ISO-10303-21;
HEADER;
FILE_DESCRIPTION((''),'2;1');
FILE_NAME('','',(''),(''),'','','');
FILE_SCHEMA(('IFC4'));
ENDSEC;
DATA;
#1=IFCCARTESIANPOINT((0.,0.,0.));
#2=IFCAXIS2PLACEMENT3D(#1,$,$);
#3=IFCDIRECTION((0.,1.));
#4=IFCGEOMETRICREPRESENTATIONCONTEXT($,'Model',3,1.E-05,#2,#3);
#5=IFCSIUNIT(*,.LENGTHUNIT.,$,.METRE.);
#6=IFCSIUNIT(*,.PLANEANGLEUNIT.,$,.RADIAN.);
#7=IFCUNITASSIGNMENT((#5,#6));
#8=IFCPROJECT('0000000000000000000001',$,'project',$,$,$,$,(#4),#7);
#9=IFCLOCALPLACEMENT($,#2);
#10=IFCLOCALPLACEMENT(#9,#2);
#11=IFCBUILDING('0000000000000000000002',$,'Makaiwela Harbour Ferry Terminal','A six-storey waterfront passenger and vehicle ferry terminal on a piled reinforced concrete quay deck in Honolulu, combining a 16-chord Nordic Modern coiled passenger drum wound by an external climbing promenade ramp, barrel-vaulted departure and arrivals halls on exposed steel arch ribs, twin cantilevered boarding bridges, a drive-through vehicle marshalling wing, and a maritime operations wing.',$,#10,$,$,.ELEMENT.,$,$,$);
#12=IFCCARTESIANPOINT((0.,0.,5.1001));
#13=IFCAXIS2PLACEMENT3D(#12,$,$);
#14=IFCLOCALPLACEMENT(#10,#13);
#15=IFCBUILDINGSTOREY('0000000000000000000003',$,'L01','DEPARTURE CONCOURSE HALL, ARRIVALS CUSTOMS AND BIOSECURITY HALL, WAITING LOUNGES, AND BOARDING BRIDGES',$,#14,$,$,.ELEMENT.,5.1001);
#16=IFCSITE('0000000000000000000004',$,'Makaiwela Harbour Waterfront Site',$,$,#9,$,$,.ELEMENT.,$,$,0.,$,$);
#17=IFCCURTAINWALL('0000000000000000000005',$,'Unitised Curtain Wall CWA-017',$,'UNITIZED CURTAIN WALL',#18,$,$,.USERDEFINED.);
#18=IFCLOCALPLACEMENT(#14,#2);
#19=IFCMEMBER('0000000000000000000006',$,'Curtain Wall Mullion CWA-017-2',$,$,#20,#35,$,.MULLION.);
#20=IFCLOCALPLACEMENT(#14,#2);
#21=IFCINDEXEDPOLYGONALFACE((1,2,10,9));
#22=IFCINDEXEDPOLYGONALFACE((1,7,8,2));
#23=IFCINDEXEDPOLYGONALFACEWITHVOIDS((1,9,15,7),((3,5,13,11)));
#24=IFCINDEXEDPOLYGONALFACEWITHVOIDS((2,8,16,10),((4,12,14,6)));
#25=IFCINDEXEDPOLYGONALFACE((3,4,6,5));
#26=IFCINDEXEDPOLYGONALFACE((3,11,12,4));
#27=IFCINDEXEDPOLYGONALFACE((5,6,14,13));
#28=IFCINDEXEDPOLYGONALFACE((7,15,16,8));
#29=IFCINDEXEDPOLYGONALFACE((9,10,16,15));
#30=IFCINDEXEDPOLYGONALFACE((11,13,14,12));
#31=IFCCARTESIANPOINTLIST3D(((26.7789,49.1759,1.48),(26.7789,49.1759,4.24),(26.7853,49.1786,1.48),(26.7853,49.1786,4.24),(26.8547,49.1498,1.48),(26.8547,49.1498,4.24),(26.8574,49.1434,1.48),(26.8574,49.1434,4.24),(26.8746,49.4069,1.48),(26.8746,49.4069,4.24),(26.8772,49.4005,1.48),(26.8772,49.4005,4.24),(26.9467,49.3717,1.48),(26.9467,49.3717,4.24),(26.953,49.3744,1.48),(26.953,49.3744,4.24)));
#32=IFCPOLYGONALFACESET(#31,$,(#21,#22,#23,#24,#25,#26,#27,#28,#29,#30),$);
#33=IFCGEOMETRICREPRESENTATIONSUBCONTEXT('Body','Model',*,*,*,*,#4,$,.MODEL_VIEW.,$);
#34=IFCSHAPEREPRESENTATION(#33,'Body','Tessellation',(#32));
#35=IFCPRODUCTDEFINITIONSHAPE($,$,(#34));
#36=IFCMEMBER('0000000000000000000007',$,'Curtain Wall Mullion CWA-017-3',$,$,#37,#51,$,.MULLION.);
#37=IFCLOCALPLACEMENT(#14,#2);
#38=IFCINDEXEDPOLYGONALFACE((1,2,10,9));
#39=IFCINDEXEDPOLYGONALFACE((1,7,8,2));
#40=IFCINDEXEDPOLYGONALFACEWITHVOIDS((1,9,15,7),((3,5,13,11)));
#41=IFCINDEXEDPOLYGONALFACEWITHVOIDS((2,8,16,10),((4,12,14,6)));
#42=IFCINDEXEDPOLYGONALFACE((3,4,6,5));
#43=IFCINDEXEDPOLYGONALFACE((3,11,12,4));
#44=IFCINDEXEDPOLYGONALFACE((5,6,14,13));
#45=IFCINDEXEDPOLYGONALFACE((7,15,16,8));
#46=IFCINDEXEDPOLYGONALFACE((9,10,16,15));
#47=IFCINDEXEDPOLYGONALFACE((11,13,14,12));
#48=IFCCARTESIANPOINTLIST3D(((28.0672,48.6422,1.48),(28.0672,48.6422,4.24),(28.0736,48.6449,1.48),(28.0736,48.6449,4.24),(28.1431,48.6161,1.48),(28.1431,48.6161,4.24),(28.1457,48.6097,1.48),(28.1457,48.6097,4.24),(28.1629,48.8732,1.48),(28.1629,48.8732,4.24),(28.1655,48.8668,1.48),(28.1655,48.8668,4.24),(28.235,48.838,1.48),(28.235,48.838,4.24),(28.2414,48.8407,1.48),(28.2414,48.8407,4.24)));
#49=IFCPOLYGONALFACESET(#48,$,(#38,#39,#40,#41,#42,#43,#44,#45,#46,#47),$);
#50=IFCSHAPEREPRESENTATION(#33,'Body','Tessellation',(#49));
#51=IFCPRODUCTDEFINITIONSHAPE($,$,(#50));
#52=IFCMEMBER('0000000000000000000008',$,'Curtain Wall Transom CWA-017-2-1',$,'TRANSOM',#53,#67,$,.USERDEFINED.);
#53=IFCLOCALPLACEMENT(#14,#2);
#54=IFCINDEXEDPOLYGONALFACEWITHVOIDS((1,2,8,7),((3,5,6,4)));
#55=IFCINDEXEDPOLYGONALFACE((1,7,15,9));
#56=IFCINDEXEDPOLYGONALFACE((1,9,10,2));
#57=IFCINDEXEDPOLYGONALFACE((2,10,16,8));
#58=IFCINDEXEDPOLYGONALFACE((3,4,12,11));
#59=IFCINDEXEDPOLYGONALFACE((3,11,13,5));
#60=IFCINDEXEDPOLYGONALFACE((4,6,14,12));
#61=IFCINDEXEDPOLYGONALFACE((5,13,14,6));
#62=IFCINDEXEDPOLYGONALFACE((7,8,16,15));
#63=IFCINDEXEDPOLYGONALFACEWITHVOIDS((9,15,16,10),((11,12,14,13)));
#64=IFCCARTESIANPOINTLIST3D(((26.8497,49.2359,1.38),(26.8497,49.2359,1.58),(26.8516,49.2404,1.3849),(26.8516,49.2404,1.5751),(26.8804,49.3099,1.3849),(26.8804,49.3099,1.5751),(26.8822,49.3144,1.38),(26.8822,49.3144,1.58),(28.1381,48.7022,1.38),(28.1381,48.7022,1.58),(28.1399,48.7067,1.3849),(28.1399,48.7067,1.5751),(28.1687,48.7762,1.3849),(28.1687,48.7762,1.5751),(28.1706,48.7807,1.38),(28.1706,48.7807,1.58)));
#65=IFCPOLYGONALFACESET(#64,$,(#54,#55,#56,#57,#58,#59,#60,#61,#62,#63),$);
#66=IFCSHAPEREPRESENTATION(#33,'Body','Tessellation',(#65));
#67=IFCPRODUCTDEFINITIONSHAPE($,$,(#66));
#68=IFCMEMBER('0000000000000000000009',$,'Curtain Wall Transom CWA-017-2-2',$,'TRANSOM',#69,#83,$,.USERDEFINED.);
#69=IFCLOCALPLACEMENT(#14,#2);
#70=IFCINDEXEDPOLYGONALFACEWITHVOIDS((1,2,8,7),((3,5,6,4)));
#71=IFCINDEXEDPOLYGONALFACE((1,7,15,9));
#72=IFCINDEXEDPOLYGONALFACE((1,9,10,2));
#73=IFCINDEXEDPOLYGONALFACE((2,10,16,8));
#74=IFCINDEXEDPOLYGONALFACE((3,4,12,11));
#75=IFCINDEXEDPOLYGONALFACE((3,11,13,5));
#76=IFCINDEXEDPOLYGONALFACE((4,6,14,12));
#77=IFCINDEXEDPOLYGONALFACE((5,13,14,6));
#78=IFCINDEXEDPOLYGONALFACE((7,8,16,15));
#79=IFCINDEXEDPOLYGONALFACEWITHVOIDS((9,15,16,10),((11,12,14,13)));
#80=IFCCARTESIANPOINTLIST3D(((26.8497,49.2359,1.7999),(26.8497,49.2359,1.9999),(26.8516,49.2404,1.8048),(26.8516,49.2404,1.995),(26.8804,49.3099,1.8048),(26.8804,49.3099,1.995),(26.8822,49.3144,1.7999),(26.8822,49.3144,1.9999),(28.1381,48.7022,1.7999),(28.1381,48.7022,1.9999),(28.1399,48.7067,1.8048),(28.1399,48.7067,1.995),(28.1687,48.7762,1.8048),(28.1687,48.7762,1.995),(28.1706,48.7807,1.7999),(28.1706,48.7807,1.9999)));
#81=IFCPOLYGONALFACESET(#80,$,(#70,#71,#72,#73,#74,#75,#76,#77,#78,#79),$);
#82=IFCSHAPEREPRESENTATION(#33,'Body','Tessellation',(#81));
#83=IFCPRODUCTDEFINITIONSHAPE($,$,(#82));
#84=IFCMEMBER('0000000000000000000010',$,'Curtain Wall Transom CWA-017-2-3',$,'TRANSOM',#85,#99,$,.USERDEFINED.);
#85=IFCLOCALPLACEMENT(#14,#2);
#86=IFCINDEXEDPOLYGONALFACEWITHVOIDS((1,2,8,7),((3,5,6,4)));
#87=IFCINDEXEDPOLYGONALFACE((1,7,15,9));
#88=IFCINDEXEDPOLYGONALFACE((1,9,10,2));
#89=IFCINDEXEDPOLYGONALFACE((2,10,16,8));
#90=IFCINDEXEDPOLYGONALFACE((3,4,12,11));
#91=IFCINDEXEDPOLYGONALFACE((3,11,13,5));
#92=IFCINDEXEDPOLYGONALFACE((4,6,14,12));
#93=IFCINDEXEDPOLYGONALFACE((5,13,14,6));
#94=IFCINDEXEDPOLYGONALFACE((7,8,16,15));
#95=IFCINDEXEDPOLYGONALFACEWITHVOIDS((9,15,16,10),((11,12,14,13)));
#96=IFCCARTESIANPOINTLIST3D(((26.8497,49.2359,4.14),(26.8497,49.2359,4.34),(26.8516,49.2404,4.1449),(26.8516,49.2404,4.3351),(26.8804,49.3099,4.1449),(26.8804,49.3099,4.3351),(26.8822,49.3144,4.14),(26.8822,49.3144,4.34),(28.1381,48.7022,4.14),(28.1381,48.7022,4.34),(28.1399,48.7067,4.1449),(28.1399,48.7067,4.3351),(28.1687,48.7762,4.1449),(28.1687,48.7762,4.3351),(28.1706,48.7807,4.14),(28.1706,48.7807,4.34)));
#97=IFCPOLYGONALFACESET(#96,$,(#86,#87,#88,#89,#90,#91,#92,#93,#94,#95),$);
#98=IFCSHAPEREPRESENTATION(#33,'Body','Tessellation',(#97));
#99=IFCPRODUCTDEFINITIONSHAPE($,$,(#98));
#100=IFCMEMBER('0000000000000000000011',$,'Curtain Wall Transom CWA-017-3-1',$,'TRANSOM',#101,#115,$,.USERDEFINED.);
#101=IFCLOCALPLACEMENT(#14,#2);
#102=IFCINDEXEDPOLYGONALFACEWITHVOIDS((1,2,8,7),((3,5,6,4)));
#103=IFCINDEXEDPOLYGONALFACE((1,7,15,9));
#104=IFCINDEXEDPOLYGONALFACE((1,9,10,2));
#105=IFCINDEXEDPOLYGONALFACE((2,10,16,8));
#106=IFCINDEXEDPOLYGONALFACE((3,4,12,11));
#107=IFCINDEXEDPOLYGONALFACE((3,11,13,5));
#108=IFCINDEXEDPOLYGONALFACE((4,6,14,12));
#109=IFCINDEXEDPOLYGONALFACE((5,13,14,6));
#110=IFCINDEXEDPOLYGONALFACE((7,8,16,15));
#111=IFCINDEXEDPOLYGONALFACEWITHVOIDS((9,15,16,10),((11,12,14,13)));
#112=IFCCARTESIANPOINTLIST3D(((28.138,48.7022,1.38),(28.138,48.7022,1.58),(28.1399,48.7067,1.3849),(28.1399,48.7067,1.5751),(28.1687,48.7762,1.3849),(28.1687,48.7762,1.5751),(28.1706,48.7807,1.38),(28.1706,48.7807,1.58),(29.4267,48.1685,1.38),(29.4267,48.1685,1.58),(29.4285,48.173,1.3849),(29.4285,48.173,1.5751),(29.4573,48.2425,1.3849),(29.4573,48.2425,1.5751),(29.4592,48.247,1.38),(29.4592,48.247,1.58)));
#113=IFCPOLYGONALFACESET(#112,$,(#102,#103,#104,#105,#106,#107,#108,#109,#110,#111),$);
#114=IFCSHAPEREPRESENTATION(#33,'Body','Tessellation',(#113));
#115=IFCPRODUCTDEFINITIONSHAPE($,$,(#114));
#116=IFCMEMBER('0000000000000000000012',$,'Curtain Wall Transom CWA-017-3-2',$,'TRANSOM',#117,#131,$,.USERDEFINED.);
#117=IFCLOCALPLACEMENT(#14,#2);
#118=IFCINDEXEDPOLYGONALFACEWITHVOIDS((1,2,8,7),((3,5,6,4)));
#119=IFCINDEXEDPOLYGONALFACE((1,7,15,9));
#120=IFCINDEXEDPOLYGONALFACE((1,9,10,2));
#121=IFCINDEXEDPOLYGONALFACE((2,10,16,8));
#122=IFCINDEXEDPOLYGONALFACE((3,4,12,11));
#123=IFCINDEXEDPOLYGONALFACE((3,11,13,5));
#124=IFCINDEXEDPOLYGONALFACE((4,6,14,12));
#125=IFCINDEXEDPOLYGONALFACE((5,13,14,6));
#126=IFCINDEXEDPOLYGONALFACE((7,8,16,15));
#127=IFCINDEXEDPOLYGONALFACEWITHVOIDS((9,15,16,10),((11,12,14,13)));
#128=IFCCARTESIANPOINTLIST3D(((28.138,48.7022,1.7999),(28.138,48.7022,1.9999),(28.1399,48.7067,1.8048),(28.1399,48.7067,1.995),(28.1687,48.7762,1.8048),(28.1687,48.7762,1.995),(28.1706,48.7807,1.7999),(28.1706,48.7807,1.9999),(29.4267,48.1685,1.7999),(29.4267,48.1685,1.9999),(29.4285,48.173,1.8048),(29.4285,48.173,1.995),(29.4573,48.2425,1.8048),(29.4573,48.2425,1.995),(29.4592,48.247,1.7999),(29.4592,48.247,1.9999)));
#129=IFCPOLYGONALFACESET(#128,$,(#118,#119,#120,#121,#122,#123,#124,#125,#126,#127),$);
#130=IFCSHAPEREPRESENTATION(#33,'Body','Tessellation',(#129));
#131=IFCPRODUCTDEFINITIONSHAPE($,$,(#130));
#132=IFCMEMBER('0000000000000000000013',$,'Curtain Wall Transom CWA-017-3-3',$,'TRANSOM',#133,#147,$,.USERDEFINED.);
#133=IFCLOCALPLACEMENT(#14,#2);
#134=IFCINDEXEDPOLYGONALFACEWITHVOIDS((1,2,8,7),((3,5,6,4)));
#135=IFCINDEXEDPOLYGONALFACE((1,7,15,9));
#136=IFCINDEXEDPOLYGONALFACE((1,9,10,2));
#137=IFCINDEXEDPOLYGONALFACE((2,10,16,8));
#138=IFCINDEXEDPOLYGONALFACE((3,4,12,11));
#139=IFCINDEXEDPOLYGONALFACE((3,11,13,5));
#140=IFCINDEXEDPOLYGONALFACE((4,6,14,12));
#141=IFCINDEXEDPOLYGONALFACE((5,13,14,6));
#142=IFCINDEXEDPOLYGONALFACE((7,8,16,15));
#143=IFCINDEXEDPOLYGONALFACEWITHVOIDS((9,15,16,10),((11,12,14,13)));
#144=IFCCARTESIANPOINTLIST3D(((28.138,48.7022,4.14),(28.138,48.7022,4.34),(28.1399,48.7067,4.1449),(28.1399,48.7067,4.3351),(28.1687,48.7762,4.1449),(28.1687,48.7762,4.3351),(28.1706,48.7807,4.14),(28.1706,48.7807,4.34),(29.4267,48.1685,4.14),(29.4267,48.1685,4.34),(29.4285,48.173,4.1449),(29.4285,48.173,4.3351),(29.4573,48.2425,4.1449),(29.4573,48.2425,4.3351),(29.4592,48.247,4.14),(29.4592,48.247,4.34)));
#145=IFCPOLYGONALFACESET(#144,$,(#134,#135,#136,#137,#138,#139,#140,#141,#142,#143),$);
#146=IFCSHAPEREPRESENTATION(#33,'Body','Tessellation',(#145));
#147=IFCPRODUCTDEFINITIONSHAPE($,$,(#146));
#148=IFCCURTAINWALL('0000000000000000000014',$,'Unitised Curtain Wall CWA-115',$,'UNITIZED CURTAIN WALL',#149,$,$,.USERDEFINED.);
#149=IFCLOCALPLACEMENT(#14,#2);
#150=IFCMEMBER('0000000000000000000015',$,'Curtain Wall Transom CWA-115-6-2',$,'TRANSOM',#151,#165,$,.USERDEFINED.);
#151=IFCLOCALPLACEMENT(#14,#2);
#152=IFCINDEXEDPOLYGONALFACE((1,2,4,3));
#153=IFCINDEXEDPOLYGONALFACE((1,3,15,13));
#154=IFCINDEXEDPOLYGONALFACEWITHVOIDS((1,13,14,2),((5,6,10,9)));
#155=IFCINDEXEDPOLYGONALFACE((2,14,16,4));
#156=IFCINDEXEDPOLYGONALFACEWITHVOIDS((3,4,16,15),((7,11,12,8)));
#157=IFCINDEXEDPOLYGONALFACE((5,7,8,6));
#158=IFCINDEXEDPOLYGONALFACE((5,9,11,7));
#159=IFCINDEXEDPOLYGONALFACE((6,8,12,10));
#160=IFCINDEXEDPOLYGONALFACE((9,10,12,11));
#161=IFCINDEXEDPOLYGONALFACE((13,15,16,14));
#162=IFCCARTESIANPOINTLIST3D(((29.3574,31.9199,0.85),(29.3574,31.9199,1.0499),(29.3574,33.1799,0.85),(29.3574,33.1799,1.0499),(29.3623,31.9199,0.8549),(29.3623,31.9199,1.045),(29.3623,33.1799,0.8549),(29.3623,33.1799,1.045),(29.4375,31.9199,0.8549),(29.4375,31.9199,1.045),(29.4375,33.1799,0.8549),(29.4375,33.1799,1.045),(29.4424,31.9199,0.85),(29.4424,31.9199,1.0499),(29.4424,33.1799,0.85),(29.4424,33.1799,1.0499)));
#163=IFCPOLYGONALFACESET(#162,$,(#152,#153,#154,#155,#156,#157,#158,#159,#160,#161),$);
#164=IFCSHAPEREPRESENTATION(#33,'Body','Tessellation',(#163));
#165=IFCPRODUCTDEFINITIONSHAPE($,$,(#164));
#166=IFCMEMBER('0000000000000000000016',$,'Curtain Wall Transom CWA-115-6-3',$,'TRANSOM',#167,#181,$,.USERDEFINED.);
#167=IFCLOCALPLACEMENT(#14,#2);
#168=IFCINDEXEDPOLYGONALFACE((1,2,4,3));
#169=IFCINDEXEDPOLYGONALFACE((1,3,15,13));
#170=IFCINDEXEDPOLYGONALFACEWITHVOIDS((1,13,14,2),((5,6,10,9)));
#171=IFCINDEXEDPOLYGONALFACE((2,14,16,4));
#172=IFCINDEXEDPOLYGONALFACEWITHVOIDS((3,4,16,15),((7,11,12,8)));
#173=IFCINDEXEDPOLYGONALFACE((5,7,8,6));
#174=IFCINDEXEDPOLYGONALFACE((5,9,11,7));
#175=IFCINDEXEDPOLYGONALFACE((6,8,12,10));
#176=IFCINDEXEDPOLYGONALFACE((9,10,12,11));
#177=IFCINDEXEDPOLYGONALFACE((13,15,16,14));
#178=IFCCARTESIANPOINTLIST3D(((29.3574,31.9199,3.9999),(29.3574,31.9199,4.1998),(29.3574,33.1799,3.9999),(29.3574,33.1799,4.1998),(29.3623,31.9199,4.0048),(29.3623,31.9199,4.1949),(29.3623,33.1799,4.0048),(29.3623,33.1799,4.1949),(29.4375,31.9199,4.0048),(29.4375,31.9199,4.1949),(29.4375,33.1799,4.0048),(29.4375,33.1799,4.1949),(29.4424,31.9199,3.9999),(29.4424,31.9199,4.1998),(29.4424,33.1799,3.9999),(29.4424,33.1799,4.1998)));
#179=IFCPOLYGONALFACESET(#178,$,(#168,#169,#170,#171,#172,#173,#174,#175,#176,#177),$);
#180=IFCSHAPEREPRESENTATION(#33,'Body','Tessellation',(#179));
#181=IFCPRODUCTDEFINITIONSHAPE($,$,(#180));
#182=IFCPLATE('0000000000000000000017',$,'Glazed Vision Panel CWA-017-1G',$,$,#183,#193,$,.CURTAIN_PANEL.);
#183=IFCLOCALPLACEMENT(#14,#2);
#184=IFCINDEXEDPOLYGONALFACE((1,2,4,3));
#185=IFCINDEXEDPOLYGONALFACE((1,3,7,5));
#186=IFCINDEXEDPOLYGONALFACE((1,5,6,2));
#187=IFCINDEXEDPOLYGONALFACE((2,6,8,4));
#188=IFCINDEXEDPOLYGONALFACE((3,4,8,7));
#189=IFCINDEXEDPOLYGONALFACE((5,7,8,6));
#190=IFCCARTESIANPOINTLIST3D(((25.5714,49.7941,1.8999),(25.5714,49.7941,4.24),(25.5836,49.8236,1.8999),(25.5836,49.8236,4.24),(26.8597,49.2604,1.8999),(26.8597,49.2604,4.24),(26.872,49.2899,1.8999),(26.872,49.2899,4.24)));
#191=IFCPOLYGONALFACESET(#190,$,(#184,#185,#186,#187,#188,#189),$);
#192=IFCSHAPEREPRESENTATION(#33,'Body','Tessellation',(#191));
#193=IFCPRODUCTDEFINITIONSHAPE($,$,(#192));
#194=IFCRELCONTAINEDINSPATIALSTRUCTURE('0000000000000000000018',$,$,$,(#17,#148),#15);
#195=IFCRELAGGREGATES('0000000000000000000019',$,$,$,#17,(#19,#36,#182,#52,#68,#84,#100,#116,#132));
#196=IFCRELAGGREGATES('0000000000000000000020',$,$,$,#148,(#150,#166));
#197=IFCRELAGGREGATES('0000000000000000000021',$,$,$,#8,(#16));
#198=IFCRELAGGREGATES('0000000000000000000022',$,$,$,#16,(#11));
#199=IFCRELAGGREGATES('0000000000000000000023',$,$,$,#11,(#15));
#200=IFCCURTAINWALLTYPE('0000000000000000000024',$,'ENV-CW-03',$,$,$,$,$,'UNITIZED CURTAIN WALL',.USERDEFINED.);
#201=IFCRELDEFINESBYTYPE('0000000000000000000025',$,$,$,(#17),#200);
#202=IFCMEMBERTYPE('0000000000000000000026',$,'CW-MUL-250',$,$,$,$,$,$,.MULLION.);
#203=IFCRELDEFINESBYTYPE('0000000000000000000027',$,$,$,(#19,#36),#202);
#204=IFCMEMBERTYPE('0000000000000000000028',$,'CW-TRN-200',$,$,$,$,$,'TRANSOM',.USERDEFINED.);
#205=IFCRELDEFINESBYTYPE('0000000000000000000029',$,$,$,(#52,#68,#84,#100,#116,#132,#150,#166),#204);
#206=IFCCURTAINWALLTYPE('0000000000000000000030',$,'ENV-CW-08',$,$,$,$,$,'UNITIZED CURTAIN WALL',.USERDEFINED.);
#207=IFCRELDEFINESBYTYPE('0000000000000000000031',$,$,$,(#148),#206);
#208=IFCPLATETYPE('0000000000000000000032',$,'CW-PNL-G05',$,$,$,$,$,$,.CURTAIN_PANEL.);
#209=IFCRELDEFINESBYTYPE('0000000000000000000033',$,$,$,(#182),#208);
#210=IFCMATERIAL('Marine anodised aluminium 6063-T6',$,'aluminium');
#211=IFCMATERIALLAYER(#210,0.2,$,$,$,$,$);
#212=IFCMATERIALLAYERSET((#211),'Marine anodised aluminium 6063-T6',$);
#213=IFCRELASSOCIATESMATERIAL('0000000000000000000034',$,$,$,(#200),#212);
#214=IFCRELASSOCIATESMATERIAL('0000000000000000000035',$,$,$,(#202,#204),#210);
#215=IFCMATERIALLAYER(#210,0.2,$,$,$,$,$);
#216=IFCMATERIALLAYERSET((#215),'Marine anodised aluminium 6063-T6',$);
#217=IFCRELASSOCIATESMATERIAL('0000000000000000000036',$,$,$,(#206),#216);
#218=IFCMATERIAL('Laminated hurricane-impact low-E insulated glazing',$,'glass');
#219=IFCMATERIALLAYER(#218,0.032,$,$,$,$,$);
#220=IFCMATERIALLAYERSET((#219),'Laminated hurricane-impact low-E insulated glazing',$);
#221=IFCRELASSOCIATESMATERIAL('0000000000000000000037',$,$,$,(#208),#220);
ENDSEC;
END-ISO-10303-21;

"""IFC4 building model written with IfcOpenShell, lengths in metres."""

from ifc_helpers import new_model, si_unit, direction, frame, origin, origin_2d, place, context, subcontext, project, spatial, rectangle, hollow_rectangle, extrude, material, layer, layer_set, material_profile, profile_set, type_object, element, aggregate, save


model = new_model("IFC4")

# Units and contexts
model_context = context("Model", 3, precision=1e-05, world=origin(), true_north=direction((0.0, 1.0)))
body_context = subcontext(model_context, "Body", "Model", "MODEL_VIEW")
ifc_project = project(units=[si_unit("LENGTHUNIT", "METRE"), si_unit("PLANEANGLEUNIT", "RADIAN")], contexts=[model_context])

# Site, building, storey
site_placement = place(None, origin())
site = spatial("IfcSite", under=ifc_project, at=site_placement, Name="Makaiwela Harbour Waterfront Site", CompositionType="ELEMENT", RefElevation=0.0)
building_placement = place(site_placement, origin())
building = spatial("IfcBuilding", under=site, at=building_placement, Name="Makaiwela Harbour Ferry Terminal", Description="A six-storey waterfront passenger and vehicle ferry terminal on a piled reinforced concrete quay deck in Honolulu, combining a 16-chord Nordic Modern coiled passenger drum wound by an external climbing promenade ramp, barrel-vaulted departure and arrivals halls on exposed steel arch ribs, twin cantilevered boarding bridges, a drive-through vehicle marshalling wing, and a maritime operations wing.", CompositionType="ELEMENT")
storey_placement = place(building_placement, frame((0.0, 0.0, 5.1001)))
storey = spatial("IfcBuildingStorey", under=building, at=storey_placement, Name="L01", Description="DEPARTURE CONCOURSE HALL, ARRIVALS CUSTOMS AND BIOSECURITY HALL, WAITING LOUNGES, AND BOARDING BRIDGES", CompositionType="ELEMENT", Elevation=5.1001)

# Curtain walls, members
ifc_material_1 = material(Name="Marine anodised aluminium 6063-T6", Category="aluminium")
ifc_layer_1 = layer(ifc_material_1, 0.2)
ifc_layer_set_1 = layer_set([ifc_layer_1], Name="Marine anodised aluminium 6063-T6")
curtain_wall_type_1 = type_object("IfcCurtainWallType", Name="ENV-CW-03", ElementType="UNITIZED CURTAIN WALL", PredefinedType="USERDEFINED", material=ifc_layer_set_1)
curtain_wall_1_placement = place(storey_placement, origin())
curtain_wall_1 = element("IfcCurtainWall", 1, at=curtain_wall_1_placement, inside=storey, type_object=curtain_wall_type_1, Name="Unitised Curtain Wall CWA-017", ObjectType="UNITIZED CURTAIN WALL", PredefinedType="USERDEFINED")
ifc_material_profile_1 = material_profile(ifc_material_1, hollow_rectangle(XDim=0.085, YDim=0.25, WallThickness=0.0049, at=origin_2d()), Name="CWM-250X85")
ifc_profile_set_1 = profile_set([ifc_material_profile_1], Name="Marine anodised aluminium 6063-T6")
member_type_1 = type_object("IfcMemberType", Name="CW-MUL-250", PredefinedType="MULLION", material=ifc_profile_set_1)
member_1_placement = place(storey_placement, frame((26.866, 49.2751, 1.48), z_axis=(0.0, 0.0, 1.0), x_axis=(-0.92388, 0.382683, 0.0)))
member_1 = element("IfcMember", 2, at=member_1_placement, type_object=member_type_1, Name="Curtain Wall Mullion CWA-017-2", PredefinedType="MULLION", context=body_context, shape_type="SweptSolid", body=[
    extrude(hollow_rectangle(XDim=0.085, YDim=0.25, WallThickness=0.0049, at=origin_2d()), origin(), (0.0, 0.0, 1.0), 2.76),
])
member_2_placement = place(storey_placement, frame((28.1543, 48.7415, 1.48), z_axis=(0.0, 0.0, 1.0), x_axis=(-0.92388, 0.382683, 0.0)))
member_2 = element("IfcMember", 3, at=member_2_placement, type_object=member_type_1, Name="Curtain Wall Mullion CWA-017-3", PredefinedType="MULLION", context=body_context, shape_type="SweptSolid", body=[
    extrude(hollow_rectangle(XDim=0.085, YDim=0.25, WallThickness=0.0049, at=origin_2d()), origin(), (0.0, 0.0, 1.0), 2.76),
])
ifc_material_profile_2 = material_profile(ifc_material_1, hollow_rectangle(XDim=0.085, YDim=0.2, WallThickness=0.0049, at=origin_2d()), Name="CWT-200X85")
ifc_profile_set_2 = profile_set([ifc_material_profile_2], Name="Marine anodised aluminium 6063-T6")
member_type_2 = type_object("IfcMemberType", Name="CW-TRN-200", ElementType="TRANSOM", PredefinedType="USERDEFINED", material=ifc_profile_set_2)
member_3_placement = place(storey_placement, frame((26.866, 49.2751, 1.48), z_axis=(0.923867, -0.382713, 0.0), x_axis=(0.382713, 0.923867, 0.0)))
member_3 = element("IfcMember", 4, at=member_3_placement, type_object=member_type_2, Name="Curtain Wall Transom CWA-017-2-1", ObjectType="TRANSOM", PredefinedType="USERDEFINED", context=body_context, shape_type="SweptSolid", body=[
    extrude(hollow_rectangle(XDim=0.085, YDim=0.2, WallThickness=0.0049, at=origin_2d()), origin(), (0.0, 0.0, 1.0), 1.3945),
])
member_4_placement = place(storey_placement, frame((26.866, 49.2751, 1.8999), z_axis=(0.923867, -0.382713, 0.0), x_axis=(0.382713, 0.923867, 0.0)))
member_4 = element("IfcMember", 5, at=member_4_placement, type_object=member_type_2, Name="Curtain Wall Transom CWA-017-2-2", ObjectType="TRANSOM", PredefinedType="USERDEFINED", context=body_context, shape_type="SweptSolid", body=[
    extrude(hollow_rectangle(XDim=0.085, YDim=0.2, WallThickness=0.0049, at=origin_2d()), origin(), (0.0, 0.0, 1.0), 1.3945),
])
member_5_placement = place(storey_placement, frame((26.866, 49.2751, 4.24), z_axis=(0.923867, -0.382713, 0.0), x_axis=(0.382713, 0.923867, 0.0)))
member_5 = element("IfcMember", 6, at=member_5_placement, type_object=member_type_2, Name="Curtain Wall Transom CWA-017-2-3", ObjectType="TRANSOM", PredefinedType="USERDEFINED", context=body_context, shape_type="SweptSolid", body=[
    extrude(hollow_rectangle(XDim=0.085, YDim=0.2, WallThickness=0.0049, at=origin_2d()), origin(), (0.0, 0.0, 1.0), 1.3945),
])
member_6_placement = place(storey_placement, frame((28.1543, 48.7415, 1.48), z_axis=(0.923893, -0.382651, 0.0), x_axis=(0.382651, 0.923893, 0.0)))
member_6 = element("IfcMember", 7, at=member_6_placement, type_object=member_type_2, Name="Curtain Wall Transom CWA-017-3-1", ObjectType="TRANSOM", PredefinedType="USERDEFINED", context=body_context, shape_type="SweptSolid", body=[
    extrude(hollow_rectangle(XDim=0.085, YDim=0.2, WallThickness=0.0049, at=origin_2d()), origin(), (0.0, 0.0, 1.0), 1.3948),
])
member_7_placement = place(storey_placement, frame((28.1543, 48.7415, 1.8999), z_axis=(0.923893, -0.382651, 0.0), x_axis=(0.382651, 0.923893, 0.0)))
member_7 = element("IfcMember", 8, at=member_7_placement, type_object=member_type_2, Name="Curtain Wall Transom CWA-017-3-2", ObjectType="TRANSOM", PredefinedType="USERDEFINED", context=body_context, shape_type="SweptSolid", body=[
    extrude(hollow_rectangle(XDim=0.085, YDim=0.2, WallThickness=0.0049, at=origin_2d()), origin(), (0.0, 0.0, 1.0), 1.3948),
])
member_8_placement = place(storey_placement, frame((28.1543, 48.7415, 4.24), z_axis=(0.923893, -0.382651, 0.0), x_axis=(0.382651, 0.923893, 0.0)))
member_8 = element("IfcMember", 9, at=member_8_placement, type_object=member_type_2, Name="Curtain Wall Transom CWA-017-3-3", ObjectType="TRANSOM", PredefinedType="USERDEFINED", context=body_context, shape_type="SweptSolid", body=[
    extrude(hollow_rectangle(XDim=0.085, YDim=0.2, WallThickness=0.0049, at=origin_2d()), origin(), (0.0, 0.0, 1.0), 1.3948),
])
ifc_layer_2 = layer(ifc_material_1, 0.2)
ifc_layer_set_2 = layer_set([ifc_layer_2], Name="Marine anodised aluminium 6063-T6")
curtain_wall_type_2 = type_object("IfcCurtainWallType", Name="ENV-CW-08", ElementType="UNITIZED CURTAIN WALL", PredefinedType="USERDEFINED", material=ifc_layer_set_2)
curtain_wall_2_placement = place(storey_placement, origin())
curtain_wall_2 = element("IfcCurtainWall", 10, at=curtain_wall_2_placement, inside=storey, type_object=curtain_wall_type_2, Name="Unitised Curtain Wall CWA-115", ObjectType="UNITIZED CURTAIN WALL", PredefinedType="USERDEFINED")
member_9_placement = place(storey_placement, frame((29.3999, 31.9199, 0.95), z_axis=(0.0, 1.0, 0.0), x_axis=(-1.0, 0.0, 0.0)))
member_9 = element("IfcMember", 11, at=member_9_placement, type_object=member_type_2, Name="Curtain Wall Transom CWA-115-6-2", ObjectType="TRANSOM", PredefinedType="USERDEFINED", context=body_context, shape_type="SweptSolid", body=[
    extrude(hollow_rectangle(XDim=0.085, YDim=0.2, WallThickness=0.0049, at=origin_2d()), origin(), (0.0, 0.0, 1.0), 1.26),
])
member_10_placement = place(storey_placement, frame((29.3999, 31.9199, 4.0999), z_axis=(0.0, 1.0, 0.0), x_axis=(-1.0, 0.0, 0.0)))
member_10 = element("IfcMember", 12, at=member_10_placement, type_object=member_type_2, Name="Curtain Wall Transom CWA-115-6-3", ObjectType="TRANSOM", PredefinedType="USERDEFINED", context=body_context, shape_type="SweptSolid", body=[
    extrude(hollow_rectangle(XDim=0.085, YDim=0.2, WallThickness=0.0049, at=origin_2d()), origin(), (0.0, 0.0, 1.0), 1.26),
])

# Plate
ifc_material_2 = material(Name="Laminated hurricane-impact low-E insulated glazing", Category="glass")
ifc_layer_3 = layer(ifc_material_2, 0.032)
ifc_layer_set_3 = layer_set([ifc_layer_3], Name="Laminated hurricane-impact low-E insulated glazing")
plate_type_1 = type_object("IfcPlateType", Name="CW-PNL-G05", PredefinedType="CURTAIN_PANEL", material=ifc_layer_set_3)
plate_1_placement = place(storey_placement, frame((26.2217, 49.542, 1.8999), z_axis=(0.0, 0.0, 1.0), x_axis=(0.92388, -0.382683, 0.0)))
plate_1 = element("IfcPlate", 13, at=plate_1_placement, type_object=plate_type_1, Name="Glazed Vision Panel CWA-017-1G", PredefinedType="CURTAIN_PANEL", context=body_context, shape_type="SweptSolid", body=[
    extrude(rectangle(XDim=1.3945, YDim=0.032, at=origin_2d()), origin(), (0.0, 0.0, 1.0), 2.3401),
])
aggregate(curtain_wall_1, [member_1, member_2, plate_1, member_3, member_4, member_5, member_6, member_7, member_8])
aggregate(curtain_wall_2, [member_9, member_10])

save(model, "model.ifc")
